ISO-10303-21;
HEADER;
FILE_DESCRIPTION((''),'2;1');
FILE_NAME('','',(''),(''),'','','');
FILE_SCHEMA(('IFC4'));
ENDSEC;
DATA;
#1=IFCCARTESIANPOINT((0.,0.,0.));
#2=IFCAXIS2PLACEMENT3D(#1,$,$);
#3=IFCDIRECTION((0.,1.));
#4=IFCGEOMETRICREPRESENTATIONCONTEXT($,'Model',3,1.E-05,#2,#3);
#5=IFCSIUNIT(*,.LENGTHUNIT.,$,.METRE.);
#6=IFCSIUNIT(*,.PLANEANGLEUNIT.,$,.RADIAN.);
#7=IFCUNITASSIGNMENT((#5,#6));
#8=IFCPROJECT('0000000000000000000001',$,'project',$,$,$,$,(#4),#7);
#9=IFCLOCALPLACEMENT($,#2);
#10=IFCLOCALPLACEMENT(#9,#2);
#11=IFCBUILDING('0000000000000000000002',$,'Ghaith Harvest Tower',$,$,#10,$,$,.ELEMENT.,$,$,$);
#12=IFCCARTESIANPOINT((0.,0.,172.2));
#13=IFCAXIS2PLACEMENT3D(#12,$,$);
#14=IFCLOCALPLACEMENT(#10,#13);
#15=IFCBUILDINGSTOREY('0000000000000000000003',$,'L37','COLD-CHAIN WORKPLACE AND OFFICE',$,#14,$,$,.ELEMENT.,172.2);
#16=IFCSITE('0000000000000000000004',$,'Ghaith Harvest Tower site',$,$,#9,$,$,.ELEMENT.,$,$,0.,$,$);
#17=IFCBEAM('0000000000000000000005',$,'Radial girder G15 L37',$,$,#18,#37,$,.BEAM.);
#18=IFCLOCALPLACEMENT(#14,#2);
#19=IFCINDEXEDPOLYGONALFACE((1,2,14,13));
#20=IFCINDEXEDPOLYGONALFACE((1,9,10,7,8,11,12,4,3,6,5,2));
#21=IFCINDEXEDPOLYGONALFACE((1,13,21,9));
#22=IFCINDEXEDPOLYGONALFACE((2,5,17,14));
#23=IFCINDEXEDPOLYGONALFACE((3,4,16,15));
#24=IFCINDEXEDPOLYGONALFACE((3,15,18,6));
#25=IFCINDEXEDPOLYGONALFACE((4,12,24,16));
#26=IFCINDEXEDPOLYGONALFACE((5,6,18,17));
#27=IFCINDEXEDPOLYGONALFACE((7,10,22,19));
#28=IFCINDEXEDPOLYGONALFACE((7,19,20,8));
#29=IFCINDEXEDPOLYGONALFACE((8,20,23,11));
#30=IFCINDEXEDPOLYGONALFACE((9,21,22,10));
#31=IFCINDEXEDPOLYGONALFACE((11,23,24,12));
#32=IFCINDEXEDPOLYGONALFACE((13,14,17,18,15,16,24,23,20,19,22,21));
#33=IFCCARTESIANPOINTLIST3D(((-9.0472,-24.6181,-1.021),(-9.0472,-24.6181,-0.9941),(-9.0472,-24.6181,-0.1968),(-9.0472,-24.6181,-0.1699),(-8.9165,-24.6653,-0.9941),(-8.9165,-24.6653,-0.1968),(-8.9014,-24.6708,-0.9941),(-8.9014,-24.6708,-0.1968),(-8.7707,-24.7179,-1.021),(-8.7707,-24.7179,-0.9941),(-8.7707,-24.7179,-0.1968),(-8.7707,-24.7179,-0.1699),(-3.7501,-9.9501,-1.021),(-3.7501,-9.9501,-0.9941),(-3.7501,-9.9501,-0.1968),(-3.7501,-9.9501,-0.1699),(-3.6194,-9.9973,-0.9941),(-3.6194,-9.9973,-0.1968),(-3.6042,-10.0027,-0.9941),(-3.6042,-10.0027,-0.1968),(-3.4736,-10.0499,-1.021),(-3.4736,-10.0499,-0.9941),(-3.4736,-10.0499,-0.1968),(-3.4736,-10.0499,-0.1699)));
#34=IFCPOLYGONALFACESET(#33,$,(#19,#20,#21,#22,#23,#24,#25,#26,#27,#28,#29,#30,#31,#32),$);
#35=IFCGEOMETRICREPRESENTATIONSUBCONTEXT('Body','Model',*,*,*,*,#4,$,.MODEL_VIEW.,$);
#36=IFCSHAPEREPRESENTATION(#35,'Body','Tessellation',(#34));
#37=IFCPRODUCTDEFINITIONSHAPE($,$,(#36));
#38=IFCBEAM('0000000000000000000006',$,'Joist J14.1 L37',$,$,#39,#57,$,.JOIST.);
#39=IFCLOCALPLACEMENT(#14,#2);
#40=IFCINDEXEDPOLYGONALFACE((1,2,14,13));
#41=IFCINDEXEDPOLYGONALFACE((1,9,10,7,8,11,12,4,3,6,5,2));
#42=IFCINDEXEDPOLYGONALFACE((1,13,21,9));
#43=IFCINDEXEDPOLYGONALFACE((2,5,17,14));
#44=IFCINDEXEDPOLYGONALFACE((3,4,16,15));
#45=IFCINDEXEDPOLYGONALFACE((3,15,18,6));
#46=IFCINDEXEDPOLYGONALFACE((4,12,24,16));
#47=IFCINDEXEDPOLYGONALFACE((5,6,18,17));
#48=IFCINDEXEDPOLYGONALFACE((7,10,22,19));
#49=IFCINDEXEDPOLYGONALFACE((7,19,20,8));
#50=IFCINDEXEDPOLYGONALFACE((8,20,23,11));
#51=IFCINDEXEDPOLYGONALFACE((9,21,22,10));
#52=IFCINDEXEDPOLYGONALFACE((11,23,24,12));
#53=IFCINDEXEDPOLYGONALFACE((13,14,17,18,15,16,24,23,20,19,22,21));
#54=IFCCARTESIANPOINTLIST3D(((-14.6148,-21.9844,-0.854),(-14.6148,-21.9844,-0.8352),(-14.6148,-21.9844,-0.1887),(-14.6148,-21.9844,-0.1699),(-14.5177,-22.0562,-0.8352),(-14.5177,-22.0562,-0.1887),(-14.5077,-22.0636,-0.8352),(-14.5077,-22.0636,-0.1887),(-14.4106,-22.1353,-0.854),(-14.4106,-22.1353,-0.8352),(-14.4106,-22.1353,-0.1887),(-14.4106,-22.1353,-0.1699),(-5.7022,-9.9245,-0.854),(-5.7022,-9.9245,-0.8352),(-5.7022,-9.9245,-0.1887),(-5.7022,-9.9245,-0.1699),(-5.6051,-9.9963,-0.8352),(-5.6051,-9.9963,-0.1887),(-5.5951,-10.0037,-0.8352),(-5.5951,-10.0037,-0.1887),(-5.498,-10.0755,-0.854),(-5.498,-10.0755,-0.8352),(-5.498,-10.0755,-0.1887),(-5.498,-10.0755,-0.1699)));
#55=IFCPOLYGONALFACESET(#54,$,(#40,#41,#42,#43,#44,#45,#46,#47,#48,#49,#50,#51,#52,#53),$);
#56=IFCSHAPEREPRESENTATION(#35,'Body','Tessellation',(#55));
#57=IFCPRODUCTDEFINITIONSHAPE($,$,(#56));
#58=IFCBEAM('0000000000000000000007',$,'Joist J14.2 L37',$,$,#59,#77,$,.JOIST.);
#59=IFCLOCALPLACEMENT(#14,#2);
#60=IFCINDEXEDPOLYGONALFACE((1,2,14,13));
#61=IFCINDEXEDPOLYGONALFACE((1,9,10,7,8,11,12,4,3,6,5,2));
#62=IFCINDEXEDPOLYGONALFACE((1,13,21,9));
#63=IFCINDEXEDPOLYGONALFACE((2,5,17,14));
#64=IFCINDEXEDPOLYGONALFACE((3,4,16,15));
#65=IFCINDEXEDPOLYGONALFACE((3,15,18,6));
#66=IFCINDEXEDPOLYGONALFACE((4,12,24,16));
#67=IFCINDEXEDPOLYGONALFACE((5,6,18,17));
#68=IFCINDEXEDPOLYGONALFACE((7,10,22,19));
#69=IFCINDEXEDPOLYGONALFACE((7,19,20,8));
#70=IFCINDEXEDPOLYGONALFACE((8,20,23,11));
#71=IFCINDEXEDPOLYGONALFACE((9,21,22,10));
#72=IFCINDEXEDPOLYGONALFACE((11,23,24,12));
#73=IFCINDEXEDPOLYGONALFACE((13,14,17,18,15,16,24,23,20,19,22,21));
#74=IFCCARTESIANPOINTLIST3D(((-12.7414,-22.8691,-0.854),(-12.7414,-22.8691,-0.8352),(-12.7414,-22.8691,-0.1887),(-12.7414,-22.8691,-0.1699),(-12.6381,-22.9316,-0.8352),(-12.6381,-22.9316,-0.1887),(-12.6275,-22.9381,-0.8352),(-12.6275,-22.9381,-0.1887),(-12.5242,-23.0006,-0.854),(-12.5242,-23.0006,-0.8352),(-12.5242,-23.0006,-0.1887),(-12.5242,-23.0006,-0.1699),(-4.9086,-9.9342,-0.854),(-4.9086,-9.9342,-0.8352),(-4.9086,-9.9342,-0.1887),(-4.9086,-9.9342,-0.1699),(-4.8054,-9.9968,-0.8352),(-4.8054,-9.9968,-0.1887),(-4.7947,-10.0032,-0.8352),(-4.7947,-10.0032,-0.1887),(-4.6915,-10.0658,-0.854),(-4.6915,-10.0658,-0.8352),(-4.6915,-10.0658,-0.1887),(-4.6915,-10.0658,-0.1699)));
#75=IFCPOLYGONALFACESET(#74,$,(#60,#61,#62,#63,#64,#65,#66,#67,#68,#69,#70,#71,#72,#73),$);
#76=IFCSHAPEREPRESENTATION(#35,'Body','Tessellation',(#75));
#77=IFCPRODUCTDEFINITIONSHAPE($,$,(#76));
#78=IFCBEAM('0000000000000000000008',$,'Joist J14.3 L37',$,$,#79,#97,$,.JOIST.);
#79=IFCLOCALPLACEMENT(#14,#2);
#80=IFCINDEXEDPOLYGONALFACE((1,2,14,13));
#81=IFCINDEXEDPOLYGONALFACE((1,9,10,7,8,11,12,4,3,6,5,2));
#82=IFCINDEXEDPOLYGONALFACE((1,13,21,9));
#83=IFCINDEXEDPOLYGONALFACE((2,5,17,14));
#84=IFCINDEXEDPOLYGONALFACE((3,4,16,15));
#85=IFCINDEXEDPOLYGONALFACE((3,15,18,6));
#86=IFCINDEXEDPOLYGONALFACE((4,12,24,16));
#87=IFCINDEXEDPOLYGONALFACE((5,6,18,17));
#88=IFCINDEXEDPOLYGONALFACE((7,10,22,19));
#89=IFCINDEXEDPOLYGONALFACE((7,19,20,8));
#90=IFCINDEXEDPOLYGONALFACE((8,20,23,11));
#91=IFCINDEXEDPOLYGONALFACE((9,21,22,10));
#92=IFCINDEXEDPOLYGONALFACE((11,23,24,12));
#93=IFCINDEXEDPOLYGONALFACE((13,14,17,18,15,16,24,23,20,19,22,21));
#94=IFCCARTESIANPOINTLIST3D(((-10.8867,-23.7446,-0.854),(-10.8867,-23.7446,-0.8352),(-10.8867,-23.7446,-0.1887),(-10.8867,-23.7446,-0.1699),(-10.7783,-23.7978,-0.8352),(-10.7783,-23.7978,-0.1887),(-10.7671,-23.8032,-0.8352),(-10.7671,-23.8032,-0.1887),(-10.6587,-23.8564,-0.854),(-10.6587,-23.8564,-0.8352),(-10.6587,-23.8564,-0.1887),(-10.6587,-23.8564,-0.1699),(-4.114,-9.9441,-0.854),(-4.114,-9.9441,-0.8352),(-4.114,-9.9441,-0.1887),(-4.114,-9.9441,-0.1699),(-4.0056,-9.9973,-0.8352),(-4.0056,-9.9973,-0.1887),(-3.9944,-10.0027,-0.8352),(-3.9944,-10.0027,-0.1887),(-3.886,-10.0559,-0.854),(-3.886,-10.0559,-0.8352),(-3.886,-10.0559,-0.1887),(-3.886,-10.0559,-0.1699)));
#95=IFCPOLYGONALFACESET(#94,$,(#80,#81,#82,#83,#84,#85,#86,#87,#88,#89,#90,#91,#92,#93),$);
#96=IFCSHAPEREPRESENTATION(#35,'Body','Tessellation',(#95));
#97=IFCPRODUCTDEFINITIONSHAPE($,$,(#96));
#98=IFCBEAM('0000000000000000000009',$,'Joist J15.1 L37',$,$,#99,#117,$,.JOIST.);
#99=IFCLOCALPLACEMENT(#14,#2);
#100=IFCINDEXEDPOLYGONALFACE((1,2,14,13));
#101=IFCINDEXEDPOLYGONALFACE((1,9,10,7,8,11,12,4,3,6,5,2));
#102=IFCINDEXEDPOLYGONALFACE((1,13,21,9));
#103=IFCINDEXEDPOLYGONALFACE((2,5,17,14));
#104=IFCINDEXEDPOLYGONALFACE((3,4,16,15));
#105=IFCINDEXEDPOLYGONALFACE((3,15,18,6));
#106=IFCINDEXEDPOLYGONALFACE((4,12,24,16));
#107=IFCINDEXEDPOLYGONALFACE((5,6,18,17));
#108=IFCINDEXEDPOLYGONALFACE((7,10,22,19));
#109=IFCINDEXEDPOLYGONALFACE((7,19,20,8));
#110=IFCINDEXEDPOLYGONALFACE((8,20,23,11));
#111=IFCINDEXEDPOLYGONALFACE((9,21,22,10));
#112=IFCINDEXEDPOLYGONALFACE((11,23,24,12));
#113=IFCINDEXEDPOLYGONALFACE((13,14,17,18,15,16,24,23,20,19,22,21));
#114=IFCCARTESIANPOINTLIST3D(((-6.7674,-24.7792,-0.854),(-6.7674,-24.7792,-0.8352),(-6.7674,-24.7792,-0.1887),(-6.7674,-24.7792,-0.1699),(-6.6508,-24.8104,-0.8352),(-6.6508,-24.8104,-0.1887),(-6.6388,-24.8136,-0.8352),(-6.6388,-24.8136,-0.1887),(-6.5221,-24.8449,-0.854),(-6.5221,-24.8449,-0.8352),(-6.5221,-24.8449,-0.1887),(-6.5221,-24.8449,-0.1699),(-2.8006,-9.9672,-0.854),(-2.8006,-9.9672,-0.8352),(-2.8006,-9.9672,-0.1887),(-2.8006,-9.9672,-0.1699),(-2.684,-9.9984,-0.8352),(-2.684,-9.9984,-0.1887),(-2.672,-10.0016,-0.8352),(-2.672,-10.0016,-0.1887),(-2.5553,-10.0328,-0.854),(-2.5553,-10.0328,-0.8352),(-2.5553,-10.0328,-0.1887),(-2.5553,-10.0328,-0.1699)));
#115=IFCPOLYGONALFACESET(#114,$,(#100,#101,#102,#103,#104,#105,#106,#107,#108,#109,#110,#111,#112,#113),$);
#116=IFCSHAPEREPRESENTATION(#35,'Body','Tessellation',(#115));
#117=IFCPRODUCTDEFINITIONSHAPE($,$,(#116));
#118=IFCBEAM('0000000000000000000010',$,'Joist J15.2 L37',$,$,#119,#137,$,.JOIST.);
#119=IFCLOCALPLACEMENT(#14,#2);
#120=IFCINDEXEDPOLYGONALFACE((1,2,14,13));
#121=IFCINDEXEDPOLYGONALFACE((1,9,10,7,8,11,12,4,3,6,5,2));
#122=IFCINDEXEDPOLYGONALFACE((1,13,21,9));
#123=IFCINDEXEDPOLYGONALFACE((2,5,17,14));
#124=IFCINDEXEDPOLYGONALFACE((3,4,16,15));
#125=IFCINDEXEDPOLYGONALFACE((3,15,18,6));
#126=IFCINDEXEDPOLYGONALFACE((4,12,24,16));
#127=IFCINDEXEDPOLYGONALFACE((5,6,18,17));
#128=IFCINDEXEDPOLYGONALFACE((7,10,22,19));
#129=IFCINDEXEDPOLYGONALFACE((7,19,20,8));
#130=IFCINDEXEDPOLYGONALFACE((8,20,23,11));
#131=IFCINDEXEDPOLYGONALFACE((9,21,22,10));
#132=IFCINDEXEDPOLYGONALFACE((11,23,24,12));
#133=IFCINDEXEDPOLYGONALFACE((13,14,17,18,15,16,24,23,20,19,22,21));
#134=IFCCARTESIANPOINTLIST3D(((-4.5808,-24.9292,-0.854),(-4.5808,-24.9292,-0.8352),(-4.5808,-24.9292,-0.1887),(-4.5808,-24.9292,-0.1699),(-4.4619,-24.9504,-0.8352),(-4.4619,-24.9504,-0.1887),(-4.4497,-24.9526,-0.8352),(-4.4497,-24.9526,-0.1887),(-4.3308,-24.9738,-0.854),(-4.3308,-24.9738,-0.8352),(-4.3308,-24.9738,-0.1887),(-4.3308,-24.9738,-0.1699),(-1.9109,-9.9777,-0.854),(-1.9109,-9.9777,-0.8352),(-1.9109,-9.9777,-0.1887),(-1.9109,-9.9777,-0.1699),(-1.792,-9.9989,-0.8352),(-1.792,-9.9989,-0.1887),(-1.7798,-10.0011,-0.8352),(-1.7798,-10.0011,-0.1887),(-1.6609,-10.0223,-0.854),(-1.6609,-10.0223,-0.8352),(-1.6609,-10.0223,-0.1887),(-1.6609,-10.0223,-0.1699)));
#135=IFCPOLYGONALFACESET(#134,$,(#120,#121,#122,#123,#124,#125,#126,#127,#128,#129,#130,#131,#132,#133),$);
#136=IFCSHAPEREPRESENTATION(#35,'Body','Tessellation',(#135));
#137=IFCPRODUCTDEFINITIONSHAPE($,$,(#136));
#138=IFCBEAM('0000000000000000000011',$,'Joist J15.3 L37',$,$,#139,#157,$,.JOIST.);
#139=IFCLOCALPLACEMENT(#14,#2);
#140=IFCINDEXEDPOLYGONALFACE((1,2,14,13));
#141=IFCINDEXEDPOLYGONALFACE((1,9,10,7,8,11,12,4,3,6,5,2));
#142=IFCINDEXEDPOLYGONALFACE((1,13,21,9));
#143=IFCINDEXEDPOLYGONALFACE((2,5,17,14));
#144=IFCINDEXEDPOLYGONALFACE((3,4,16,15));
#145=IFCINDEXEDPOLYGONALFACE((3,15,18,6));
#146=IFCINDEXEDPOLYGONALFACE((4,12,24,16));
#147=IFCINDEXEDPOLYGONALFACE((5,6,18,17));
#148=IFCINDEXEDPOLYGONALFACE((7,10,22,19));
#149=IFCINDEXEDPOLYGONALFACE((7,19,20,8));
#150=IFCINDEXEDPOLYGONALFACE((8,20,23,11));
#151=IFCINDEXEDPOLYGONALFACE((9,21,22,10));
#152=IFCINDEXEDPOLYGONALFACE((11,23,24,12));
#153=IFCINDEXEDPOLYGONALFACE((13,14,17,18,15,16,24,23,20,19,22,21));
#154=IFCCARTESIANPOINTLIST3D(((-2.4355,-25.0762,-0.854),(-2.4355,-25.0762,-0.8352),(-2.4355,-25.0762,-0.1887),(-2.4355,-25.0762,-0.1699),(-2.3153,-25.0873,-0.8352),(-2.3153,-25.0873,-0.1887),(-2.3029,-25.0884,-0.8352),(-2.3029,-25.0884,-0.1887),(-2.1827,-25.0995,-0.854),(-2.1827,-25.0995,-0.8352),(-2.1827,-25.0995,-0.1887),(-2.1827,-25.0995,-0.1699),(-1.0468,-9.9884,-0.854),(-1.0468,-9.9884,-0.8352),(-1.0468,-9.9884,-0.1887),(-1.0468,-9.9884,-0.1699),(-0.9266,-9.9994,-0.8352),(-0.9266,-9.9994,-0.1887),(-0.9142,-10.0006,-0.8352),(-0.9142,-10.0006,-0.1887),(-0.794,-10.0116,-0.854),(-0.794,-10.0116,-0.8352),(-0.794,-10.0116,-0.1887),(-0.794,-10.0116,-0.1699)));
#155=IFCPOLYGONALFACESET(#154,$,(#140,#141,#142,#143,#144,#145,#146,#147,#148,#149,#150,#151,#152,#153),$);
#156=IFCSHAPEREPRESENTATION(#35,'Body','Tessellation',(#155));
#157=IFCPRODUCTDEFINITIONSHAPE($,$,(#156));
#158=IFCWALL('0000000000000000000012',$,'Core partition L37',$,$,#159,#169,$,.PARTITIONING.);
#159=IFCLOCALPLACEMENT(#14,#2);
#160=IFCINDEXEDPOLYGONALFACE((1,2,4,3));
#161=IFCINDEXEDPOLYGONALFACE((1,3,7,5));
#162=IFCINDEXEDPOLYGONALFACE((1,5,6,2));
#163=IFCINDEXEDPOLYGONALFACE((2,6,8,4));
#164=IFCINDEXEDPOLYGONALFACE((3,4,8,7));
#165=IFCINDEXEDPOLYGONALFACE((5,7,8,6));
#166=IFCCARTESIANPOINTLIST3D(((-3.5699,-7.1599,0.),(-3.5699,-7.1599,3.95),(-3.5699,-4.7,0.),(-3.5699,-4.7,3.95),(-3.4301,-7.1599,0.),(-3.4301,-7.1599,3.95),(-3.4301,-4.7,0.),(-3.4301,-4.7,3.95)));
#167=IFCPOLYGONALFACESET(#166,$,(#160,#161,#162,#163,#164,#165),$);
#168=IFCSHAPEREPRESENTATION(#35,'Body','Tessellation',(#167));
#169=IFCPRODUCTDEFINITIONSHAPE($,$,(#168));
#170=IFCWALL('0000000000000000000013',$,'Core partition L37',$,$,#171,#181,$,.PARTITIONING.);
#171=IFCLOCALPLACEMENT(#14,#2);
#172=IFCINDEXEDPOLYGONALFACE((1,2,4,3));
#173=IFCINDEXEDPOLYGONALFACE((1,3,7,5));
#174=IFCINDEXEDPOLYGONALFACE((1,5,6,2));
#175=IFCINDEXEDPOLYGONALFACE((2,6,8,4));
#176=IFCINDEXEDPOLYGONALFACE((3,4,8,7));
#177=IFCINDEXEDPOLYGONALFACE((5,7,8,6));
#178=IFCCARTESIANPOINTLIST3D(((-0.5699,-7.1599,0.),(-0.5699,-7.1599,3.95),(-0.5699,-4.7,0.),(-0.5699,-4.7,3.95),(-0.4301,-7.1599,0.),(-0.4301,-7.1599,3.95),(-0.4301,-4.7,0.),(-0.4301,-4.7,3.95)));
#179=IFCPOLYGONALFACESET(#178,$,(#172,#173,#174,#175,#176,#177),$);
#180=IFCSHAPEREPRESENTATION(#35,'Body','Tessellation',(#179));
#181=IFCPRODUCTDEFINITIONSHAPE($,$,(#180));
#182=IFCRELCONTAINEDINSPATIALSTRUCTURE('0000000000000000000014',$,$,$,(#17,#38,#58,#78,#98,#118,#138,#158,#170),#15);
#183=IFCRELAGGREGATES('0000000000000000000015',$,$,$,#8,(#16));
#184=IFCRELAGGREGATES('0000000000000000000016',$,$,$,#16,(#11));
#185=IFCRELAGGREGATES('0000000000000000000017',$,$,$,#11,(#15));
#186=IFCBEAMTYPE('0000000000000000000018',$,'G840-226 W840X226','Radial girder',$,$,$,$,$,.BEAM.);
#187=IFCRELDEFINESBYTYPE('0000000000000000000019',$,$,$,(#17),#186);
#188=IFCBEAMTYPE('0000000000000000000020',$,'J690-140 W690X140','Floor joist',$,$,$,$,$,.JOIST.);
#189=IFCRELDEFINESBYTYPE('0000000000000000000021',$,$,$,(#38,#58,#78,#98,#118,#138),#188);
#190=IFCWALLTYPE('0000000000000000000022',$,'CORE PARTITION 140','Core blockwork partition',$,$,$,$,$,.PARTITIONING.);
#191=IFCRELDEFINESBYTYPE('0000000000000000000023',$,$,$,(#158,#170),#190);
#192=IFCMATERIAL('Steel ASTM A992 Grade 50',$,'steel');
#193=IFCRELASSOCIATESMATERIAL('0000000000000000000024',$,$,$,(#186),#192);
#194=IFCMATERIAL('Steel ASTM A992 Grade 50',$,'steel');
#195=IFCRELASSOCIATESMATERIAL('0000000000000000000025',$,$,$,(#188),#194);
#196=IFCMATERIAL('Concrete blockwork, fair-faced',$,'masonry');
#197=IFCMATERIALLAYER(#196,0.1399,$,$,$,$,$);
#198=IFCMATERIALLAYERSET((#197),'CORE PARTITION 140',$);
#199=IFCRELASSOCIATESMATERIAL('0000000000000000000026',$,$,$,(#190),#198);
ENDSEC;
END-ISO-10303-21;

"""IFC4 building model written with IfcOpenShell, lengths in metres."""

from ifc_helpers import new_model, si_unit, direction, frame, frame_2d, origin, origin_2d, place, context, subcontext, project, spatial, rectangle, i_section, extrude, material, layer, layer_set, material_profile, profile_set, type_object, element, save


model = new_model("IFC4")

# Units and contexts
model_context = context("Model", 3, precision=1e-05, world=origin(), true_north=direction((0.0, 1.0)))
body_context = subcontext(model_context, "Body", "Model", "MODEL_VIEW")
ifc_project = project(units=[si_unit("LENGTHUNIT", "METRE"), si_unit("PLANEANGLEUNIT", "RADIAN")], contexts=[model_context])

# Site, building, storey
site_placement = place(None, origin())
site = spatial("IfcSite", under=ifc_project, at=site_placement, Name="Ghaith Harvest Tower site", CompositionType="ELEMENT", RefElevation=0.0)
building_placement = place(site_placement, origin())
building = spatial("IfcBuilding", under=site, at=building_placement, Name="Ghaith Harvest Tower", CompositionType="ELEMENT")
storey_placement = place(building_placement, frame((0.0, 0.0, 172.2)))
storey = spatial("IfcBuildingStorey", under=building, at=storey_placement, Name="L37", Description="COLD-CHAIN WORKPLACE AND OFFICE", CompositionType="ELEMENT", Elevation=172.2)

# Beams
ifc_material_1 = material(Name="Steel ASTM A992 Grade 50", Category="steel")
ifc_material_profile_1 = material_profile(ifc_material_1, i_section(OverallWidth=0.2939, OverallDepth=0.8511, WebThickness=0.0161, FlangeThickness=0.0269, at=origin_2d()), Name="W840X226")
ifc_profile_set_1 = profile_set([ifc_material_profile_1], Name="Steel ASTM A992 Grade 50")
beam_type_1 = type_object("IfcBeamType", Name="G840-226 W840X226", Description="Radial girder", PredefinedType="BEAM", material=ifc_profile_set_1)
beam_1_placement = place(storey_placement, frame((-3.6118, -10.0, -0.5955), z_axis=(-0.339664, -0.940547, 0.0), x_axis=(0.940547, -0.339664, 0.0)))
element("IfcBeam", 1, at=beam_1_placement, inside=storey, type_object=beam_type_1, Name="Radial girder G15 L37", PredefinedType="BEAM", context=body_context, shape_type="SweptSolid", body=[
    extrude(i_section(OverallWidth=0.2939, OverallDepth=0.8511, WebThickness=0.0161, FlangeThickness=0.0269, at=origin_2d()), origin(), (0.0, 0.0, 1.0), 15.5952),
])
ifc_material_2 = material(Name="Steel ASTM A992 Grade 50", Category="steel")
ifc_material_profile_2 = material_profile(ifc_material_2, i_section(OverallWidth=0.2539, OverallDepth=0.6841, WebThickness=0.0125, FlangeThickness=0.0188, at=origin_2d()), Name="W690X140")
ifc_profile_set_2 = profile_set([ifc_material_profile_2], Name="Steel ASTM A992 Grade 50")
beam_type_2 = type_object("IfcBeamType", Name="J690-140 W690X140", Description="Floor joist", PredefinedType="JOIST", material=ifc_profile_set_2)
beam_2_placement = place(storey_placement, frame((-5.6001, -10.0, -0.512), z_axis=(-0.59434, -0.804214, 0.0), x_axis=(0.804214, -0.59434, 0.0)))
element("IfcBeam", 2, at=beam_2_placement, inside=storey, type_object=beam_type_2, Name="Joist J14.1 L37", PredefinedType="JOIST", context=body_context, shape_type="SweptSolid", body=[
    extrude(i_section(OverallWidth=0.2539, OverallDepth=0.6841, WebThickness=0.0125, FlangeThickness=0.0188, at=origin_2d()), origin(), (0.0, 0.0, 1.0), 14.9958),
])
beam_3_placement = place(storey_placement, frame((-4.8, -10.0, -0.512), z_axis=(-0.517986, -0.855389, 0.0), x_axis=(0.855389, -0.517986, 0.0)))
element("IfcBeam", 3, at=beam_3_placement, inside=storey, type_object=beam_type_2, Name="Joist J14.2 L37", PredefinedType="JOIST", context=body_context, shape_type="SweptSolid", body=[
    extrude(i_section(OverallWidth=0.2539, OverallDepth=0.6841, WebThickness=0.0125, FlangeThickness=0.0188, at=origin_2d()), origin(), (0.0, 0.0, 1.0), 15.1216),
])
beam_4_placement = place(storey_placement, frame((-4.0, -10.0, -0.512), z_axis=(-0.440563, -0.897722, 0.0), x_axis=(0.897722, -0.440563, 0.0)))
element("IfcBeam", 4, at=beam_4_placement, inside=storey, type_object=beam_type_2, Name="Joist J14.3 L37", PredefinedType="JOIST", context=body_context, shape_type="SweptSolid", body=[
    extrude(i_section(OverallWidth=0.2539, OverallDepth=0.6841, WebThickness=0.0125, FlangeThickness=0.0188, at=origin_2d()), origin(), (0.0, 0.0, 1.0), 15.3728),
])
beam_5_placement = place(storey_placement, frame((-2.678, -10.0, -0.512), z_axis=(-0.258693, -0.96596, 0.0), x_axis=(0.96596, -0.258693, 0.0)))
element("IfcBeam", 5, at=beam_5_placement, inside=storey, type_object=beam_type_2, Name="Joist J15.1 L37", PredefinedType="JOIST", context=body_context, shape_type="SweptSolid", body=[
    extrude(i_section(OverallWidth=0.2539, OverallDepth=0.6841, WebThickness=0.0125, FlangeThickness=0.0188, at=origin_2d()), origin(), (0.0, 0.0, 1.0), 15.334),
])
beam_6_placement = place(storey_placement, frame((-1.7859, -10.0, -0.512), z_axis=(-0.175792, -0.984427, 0.0), x_axis=(0.984427, -0.175792, 0.0)))
element("IfcBeam", 6, at=beam_6_placement, inside=storey, type_object=beam_type_2, Name="Joist J15.2 L37", PredefinedType="JOIST", context=body_context, shape_type="SweptSolid", body=[
    extrude(i_section(OverallWidth=0.2539, OverallDepth=0.6841, WebThickness=0.0125, FlangeThickness=0.0188, at=origin_2d()), origin(), (0.0, 0.0, 1.0), 15.188),
])
beam_7_placement = place(storey_placement, frame((-0.9204, -10.0, -0.512), z_axis=(-0.091651, -0.995791, 0.0), x_axis=(0.995791, -0.091651, 0.0)))
element("IfcBeam", 7, at=beam_7_placement, inside=storey, type_object=beam_type_2, Name="Joist J15.3 L37", PredefinedType="JOIST", context=body_context, shape_type="SweptSolid", body=[
    extrude(i_section(OverallWidth=0.2539, OverallDepth=0.6841, WebThickness=0.0125, FlangeThickness=0.0188, at=origin_2d()), origin(), (0.0, 0.0, 1.0), 15.1516),
])

# Shared definitions
ifc_material_3 = material(Name="Concrete blockwork, fair-faced", Category="masonry")
ifc_layer_1 = layer(ifc_material_3, 0.1399)
ifc_layer_set_1 = layer_set([ifc_layer_1], Name="CORE PARTITION 140")
wall_type_1 = type_object("IfcWallType", Name="CORE PARTITION 140", Description="Core blockwork partition", PredefinedType="PARTITIONING", material=ifc_layer_set_1)

# Walls
for number, where, z_axis, x_axis, name in (
    (8, (-3.5, -4.7, 0.0), (0.0, 0.0, 1.0), (0.0, -1.0, 0.0), "Core partition L37"),
    (9, (-0.5, -4.7, 0.0), (0.0, 0.0, 1.0), (0.0, -1.0, 0.0), "Core partition L37"),
):
    element("IfcWall", number, at=place(storey_placement, frame(where, z_axis=z_axis, x_axis=x_axis)), inside=storey, type_object=wall_type_1, Name=name, PredefinedType="PARTITIONING", context=body_context, shape_type="SweptSolid", body=[
        extrude(rectangle(XDim=2.46, YDim=0.1399, at=frame_2d((1.23, 0.0))), origin(), (0.0, 0.0, 1.0), 3.95),
    ])

save(model, "model.ifc")
